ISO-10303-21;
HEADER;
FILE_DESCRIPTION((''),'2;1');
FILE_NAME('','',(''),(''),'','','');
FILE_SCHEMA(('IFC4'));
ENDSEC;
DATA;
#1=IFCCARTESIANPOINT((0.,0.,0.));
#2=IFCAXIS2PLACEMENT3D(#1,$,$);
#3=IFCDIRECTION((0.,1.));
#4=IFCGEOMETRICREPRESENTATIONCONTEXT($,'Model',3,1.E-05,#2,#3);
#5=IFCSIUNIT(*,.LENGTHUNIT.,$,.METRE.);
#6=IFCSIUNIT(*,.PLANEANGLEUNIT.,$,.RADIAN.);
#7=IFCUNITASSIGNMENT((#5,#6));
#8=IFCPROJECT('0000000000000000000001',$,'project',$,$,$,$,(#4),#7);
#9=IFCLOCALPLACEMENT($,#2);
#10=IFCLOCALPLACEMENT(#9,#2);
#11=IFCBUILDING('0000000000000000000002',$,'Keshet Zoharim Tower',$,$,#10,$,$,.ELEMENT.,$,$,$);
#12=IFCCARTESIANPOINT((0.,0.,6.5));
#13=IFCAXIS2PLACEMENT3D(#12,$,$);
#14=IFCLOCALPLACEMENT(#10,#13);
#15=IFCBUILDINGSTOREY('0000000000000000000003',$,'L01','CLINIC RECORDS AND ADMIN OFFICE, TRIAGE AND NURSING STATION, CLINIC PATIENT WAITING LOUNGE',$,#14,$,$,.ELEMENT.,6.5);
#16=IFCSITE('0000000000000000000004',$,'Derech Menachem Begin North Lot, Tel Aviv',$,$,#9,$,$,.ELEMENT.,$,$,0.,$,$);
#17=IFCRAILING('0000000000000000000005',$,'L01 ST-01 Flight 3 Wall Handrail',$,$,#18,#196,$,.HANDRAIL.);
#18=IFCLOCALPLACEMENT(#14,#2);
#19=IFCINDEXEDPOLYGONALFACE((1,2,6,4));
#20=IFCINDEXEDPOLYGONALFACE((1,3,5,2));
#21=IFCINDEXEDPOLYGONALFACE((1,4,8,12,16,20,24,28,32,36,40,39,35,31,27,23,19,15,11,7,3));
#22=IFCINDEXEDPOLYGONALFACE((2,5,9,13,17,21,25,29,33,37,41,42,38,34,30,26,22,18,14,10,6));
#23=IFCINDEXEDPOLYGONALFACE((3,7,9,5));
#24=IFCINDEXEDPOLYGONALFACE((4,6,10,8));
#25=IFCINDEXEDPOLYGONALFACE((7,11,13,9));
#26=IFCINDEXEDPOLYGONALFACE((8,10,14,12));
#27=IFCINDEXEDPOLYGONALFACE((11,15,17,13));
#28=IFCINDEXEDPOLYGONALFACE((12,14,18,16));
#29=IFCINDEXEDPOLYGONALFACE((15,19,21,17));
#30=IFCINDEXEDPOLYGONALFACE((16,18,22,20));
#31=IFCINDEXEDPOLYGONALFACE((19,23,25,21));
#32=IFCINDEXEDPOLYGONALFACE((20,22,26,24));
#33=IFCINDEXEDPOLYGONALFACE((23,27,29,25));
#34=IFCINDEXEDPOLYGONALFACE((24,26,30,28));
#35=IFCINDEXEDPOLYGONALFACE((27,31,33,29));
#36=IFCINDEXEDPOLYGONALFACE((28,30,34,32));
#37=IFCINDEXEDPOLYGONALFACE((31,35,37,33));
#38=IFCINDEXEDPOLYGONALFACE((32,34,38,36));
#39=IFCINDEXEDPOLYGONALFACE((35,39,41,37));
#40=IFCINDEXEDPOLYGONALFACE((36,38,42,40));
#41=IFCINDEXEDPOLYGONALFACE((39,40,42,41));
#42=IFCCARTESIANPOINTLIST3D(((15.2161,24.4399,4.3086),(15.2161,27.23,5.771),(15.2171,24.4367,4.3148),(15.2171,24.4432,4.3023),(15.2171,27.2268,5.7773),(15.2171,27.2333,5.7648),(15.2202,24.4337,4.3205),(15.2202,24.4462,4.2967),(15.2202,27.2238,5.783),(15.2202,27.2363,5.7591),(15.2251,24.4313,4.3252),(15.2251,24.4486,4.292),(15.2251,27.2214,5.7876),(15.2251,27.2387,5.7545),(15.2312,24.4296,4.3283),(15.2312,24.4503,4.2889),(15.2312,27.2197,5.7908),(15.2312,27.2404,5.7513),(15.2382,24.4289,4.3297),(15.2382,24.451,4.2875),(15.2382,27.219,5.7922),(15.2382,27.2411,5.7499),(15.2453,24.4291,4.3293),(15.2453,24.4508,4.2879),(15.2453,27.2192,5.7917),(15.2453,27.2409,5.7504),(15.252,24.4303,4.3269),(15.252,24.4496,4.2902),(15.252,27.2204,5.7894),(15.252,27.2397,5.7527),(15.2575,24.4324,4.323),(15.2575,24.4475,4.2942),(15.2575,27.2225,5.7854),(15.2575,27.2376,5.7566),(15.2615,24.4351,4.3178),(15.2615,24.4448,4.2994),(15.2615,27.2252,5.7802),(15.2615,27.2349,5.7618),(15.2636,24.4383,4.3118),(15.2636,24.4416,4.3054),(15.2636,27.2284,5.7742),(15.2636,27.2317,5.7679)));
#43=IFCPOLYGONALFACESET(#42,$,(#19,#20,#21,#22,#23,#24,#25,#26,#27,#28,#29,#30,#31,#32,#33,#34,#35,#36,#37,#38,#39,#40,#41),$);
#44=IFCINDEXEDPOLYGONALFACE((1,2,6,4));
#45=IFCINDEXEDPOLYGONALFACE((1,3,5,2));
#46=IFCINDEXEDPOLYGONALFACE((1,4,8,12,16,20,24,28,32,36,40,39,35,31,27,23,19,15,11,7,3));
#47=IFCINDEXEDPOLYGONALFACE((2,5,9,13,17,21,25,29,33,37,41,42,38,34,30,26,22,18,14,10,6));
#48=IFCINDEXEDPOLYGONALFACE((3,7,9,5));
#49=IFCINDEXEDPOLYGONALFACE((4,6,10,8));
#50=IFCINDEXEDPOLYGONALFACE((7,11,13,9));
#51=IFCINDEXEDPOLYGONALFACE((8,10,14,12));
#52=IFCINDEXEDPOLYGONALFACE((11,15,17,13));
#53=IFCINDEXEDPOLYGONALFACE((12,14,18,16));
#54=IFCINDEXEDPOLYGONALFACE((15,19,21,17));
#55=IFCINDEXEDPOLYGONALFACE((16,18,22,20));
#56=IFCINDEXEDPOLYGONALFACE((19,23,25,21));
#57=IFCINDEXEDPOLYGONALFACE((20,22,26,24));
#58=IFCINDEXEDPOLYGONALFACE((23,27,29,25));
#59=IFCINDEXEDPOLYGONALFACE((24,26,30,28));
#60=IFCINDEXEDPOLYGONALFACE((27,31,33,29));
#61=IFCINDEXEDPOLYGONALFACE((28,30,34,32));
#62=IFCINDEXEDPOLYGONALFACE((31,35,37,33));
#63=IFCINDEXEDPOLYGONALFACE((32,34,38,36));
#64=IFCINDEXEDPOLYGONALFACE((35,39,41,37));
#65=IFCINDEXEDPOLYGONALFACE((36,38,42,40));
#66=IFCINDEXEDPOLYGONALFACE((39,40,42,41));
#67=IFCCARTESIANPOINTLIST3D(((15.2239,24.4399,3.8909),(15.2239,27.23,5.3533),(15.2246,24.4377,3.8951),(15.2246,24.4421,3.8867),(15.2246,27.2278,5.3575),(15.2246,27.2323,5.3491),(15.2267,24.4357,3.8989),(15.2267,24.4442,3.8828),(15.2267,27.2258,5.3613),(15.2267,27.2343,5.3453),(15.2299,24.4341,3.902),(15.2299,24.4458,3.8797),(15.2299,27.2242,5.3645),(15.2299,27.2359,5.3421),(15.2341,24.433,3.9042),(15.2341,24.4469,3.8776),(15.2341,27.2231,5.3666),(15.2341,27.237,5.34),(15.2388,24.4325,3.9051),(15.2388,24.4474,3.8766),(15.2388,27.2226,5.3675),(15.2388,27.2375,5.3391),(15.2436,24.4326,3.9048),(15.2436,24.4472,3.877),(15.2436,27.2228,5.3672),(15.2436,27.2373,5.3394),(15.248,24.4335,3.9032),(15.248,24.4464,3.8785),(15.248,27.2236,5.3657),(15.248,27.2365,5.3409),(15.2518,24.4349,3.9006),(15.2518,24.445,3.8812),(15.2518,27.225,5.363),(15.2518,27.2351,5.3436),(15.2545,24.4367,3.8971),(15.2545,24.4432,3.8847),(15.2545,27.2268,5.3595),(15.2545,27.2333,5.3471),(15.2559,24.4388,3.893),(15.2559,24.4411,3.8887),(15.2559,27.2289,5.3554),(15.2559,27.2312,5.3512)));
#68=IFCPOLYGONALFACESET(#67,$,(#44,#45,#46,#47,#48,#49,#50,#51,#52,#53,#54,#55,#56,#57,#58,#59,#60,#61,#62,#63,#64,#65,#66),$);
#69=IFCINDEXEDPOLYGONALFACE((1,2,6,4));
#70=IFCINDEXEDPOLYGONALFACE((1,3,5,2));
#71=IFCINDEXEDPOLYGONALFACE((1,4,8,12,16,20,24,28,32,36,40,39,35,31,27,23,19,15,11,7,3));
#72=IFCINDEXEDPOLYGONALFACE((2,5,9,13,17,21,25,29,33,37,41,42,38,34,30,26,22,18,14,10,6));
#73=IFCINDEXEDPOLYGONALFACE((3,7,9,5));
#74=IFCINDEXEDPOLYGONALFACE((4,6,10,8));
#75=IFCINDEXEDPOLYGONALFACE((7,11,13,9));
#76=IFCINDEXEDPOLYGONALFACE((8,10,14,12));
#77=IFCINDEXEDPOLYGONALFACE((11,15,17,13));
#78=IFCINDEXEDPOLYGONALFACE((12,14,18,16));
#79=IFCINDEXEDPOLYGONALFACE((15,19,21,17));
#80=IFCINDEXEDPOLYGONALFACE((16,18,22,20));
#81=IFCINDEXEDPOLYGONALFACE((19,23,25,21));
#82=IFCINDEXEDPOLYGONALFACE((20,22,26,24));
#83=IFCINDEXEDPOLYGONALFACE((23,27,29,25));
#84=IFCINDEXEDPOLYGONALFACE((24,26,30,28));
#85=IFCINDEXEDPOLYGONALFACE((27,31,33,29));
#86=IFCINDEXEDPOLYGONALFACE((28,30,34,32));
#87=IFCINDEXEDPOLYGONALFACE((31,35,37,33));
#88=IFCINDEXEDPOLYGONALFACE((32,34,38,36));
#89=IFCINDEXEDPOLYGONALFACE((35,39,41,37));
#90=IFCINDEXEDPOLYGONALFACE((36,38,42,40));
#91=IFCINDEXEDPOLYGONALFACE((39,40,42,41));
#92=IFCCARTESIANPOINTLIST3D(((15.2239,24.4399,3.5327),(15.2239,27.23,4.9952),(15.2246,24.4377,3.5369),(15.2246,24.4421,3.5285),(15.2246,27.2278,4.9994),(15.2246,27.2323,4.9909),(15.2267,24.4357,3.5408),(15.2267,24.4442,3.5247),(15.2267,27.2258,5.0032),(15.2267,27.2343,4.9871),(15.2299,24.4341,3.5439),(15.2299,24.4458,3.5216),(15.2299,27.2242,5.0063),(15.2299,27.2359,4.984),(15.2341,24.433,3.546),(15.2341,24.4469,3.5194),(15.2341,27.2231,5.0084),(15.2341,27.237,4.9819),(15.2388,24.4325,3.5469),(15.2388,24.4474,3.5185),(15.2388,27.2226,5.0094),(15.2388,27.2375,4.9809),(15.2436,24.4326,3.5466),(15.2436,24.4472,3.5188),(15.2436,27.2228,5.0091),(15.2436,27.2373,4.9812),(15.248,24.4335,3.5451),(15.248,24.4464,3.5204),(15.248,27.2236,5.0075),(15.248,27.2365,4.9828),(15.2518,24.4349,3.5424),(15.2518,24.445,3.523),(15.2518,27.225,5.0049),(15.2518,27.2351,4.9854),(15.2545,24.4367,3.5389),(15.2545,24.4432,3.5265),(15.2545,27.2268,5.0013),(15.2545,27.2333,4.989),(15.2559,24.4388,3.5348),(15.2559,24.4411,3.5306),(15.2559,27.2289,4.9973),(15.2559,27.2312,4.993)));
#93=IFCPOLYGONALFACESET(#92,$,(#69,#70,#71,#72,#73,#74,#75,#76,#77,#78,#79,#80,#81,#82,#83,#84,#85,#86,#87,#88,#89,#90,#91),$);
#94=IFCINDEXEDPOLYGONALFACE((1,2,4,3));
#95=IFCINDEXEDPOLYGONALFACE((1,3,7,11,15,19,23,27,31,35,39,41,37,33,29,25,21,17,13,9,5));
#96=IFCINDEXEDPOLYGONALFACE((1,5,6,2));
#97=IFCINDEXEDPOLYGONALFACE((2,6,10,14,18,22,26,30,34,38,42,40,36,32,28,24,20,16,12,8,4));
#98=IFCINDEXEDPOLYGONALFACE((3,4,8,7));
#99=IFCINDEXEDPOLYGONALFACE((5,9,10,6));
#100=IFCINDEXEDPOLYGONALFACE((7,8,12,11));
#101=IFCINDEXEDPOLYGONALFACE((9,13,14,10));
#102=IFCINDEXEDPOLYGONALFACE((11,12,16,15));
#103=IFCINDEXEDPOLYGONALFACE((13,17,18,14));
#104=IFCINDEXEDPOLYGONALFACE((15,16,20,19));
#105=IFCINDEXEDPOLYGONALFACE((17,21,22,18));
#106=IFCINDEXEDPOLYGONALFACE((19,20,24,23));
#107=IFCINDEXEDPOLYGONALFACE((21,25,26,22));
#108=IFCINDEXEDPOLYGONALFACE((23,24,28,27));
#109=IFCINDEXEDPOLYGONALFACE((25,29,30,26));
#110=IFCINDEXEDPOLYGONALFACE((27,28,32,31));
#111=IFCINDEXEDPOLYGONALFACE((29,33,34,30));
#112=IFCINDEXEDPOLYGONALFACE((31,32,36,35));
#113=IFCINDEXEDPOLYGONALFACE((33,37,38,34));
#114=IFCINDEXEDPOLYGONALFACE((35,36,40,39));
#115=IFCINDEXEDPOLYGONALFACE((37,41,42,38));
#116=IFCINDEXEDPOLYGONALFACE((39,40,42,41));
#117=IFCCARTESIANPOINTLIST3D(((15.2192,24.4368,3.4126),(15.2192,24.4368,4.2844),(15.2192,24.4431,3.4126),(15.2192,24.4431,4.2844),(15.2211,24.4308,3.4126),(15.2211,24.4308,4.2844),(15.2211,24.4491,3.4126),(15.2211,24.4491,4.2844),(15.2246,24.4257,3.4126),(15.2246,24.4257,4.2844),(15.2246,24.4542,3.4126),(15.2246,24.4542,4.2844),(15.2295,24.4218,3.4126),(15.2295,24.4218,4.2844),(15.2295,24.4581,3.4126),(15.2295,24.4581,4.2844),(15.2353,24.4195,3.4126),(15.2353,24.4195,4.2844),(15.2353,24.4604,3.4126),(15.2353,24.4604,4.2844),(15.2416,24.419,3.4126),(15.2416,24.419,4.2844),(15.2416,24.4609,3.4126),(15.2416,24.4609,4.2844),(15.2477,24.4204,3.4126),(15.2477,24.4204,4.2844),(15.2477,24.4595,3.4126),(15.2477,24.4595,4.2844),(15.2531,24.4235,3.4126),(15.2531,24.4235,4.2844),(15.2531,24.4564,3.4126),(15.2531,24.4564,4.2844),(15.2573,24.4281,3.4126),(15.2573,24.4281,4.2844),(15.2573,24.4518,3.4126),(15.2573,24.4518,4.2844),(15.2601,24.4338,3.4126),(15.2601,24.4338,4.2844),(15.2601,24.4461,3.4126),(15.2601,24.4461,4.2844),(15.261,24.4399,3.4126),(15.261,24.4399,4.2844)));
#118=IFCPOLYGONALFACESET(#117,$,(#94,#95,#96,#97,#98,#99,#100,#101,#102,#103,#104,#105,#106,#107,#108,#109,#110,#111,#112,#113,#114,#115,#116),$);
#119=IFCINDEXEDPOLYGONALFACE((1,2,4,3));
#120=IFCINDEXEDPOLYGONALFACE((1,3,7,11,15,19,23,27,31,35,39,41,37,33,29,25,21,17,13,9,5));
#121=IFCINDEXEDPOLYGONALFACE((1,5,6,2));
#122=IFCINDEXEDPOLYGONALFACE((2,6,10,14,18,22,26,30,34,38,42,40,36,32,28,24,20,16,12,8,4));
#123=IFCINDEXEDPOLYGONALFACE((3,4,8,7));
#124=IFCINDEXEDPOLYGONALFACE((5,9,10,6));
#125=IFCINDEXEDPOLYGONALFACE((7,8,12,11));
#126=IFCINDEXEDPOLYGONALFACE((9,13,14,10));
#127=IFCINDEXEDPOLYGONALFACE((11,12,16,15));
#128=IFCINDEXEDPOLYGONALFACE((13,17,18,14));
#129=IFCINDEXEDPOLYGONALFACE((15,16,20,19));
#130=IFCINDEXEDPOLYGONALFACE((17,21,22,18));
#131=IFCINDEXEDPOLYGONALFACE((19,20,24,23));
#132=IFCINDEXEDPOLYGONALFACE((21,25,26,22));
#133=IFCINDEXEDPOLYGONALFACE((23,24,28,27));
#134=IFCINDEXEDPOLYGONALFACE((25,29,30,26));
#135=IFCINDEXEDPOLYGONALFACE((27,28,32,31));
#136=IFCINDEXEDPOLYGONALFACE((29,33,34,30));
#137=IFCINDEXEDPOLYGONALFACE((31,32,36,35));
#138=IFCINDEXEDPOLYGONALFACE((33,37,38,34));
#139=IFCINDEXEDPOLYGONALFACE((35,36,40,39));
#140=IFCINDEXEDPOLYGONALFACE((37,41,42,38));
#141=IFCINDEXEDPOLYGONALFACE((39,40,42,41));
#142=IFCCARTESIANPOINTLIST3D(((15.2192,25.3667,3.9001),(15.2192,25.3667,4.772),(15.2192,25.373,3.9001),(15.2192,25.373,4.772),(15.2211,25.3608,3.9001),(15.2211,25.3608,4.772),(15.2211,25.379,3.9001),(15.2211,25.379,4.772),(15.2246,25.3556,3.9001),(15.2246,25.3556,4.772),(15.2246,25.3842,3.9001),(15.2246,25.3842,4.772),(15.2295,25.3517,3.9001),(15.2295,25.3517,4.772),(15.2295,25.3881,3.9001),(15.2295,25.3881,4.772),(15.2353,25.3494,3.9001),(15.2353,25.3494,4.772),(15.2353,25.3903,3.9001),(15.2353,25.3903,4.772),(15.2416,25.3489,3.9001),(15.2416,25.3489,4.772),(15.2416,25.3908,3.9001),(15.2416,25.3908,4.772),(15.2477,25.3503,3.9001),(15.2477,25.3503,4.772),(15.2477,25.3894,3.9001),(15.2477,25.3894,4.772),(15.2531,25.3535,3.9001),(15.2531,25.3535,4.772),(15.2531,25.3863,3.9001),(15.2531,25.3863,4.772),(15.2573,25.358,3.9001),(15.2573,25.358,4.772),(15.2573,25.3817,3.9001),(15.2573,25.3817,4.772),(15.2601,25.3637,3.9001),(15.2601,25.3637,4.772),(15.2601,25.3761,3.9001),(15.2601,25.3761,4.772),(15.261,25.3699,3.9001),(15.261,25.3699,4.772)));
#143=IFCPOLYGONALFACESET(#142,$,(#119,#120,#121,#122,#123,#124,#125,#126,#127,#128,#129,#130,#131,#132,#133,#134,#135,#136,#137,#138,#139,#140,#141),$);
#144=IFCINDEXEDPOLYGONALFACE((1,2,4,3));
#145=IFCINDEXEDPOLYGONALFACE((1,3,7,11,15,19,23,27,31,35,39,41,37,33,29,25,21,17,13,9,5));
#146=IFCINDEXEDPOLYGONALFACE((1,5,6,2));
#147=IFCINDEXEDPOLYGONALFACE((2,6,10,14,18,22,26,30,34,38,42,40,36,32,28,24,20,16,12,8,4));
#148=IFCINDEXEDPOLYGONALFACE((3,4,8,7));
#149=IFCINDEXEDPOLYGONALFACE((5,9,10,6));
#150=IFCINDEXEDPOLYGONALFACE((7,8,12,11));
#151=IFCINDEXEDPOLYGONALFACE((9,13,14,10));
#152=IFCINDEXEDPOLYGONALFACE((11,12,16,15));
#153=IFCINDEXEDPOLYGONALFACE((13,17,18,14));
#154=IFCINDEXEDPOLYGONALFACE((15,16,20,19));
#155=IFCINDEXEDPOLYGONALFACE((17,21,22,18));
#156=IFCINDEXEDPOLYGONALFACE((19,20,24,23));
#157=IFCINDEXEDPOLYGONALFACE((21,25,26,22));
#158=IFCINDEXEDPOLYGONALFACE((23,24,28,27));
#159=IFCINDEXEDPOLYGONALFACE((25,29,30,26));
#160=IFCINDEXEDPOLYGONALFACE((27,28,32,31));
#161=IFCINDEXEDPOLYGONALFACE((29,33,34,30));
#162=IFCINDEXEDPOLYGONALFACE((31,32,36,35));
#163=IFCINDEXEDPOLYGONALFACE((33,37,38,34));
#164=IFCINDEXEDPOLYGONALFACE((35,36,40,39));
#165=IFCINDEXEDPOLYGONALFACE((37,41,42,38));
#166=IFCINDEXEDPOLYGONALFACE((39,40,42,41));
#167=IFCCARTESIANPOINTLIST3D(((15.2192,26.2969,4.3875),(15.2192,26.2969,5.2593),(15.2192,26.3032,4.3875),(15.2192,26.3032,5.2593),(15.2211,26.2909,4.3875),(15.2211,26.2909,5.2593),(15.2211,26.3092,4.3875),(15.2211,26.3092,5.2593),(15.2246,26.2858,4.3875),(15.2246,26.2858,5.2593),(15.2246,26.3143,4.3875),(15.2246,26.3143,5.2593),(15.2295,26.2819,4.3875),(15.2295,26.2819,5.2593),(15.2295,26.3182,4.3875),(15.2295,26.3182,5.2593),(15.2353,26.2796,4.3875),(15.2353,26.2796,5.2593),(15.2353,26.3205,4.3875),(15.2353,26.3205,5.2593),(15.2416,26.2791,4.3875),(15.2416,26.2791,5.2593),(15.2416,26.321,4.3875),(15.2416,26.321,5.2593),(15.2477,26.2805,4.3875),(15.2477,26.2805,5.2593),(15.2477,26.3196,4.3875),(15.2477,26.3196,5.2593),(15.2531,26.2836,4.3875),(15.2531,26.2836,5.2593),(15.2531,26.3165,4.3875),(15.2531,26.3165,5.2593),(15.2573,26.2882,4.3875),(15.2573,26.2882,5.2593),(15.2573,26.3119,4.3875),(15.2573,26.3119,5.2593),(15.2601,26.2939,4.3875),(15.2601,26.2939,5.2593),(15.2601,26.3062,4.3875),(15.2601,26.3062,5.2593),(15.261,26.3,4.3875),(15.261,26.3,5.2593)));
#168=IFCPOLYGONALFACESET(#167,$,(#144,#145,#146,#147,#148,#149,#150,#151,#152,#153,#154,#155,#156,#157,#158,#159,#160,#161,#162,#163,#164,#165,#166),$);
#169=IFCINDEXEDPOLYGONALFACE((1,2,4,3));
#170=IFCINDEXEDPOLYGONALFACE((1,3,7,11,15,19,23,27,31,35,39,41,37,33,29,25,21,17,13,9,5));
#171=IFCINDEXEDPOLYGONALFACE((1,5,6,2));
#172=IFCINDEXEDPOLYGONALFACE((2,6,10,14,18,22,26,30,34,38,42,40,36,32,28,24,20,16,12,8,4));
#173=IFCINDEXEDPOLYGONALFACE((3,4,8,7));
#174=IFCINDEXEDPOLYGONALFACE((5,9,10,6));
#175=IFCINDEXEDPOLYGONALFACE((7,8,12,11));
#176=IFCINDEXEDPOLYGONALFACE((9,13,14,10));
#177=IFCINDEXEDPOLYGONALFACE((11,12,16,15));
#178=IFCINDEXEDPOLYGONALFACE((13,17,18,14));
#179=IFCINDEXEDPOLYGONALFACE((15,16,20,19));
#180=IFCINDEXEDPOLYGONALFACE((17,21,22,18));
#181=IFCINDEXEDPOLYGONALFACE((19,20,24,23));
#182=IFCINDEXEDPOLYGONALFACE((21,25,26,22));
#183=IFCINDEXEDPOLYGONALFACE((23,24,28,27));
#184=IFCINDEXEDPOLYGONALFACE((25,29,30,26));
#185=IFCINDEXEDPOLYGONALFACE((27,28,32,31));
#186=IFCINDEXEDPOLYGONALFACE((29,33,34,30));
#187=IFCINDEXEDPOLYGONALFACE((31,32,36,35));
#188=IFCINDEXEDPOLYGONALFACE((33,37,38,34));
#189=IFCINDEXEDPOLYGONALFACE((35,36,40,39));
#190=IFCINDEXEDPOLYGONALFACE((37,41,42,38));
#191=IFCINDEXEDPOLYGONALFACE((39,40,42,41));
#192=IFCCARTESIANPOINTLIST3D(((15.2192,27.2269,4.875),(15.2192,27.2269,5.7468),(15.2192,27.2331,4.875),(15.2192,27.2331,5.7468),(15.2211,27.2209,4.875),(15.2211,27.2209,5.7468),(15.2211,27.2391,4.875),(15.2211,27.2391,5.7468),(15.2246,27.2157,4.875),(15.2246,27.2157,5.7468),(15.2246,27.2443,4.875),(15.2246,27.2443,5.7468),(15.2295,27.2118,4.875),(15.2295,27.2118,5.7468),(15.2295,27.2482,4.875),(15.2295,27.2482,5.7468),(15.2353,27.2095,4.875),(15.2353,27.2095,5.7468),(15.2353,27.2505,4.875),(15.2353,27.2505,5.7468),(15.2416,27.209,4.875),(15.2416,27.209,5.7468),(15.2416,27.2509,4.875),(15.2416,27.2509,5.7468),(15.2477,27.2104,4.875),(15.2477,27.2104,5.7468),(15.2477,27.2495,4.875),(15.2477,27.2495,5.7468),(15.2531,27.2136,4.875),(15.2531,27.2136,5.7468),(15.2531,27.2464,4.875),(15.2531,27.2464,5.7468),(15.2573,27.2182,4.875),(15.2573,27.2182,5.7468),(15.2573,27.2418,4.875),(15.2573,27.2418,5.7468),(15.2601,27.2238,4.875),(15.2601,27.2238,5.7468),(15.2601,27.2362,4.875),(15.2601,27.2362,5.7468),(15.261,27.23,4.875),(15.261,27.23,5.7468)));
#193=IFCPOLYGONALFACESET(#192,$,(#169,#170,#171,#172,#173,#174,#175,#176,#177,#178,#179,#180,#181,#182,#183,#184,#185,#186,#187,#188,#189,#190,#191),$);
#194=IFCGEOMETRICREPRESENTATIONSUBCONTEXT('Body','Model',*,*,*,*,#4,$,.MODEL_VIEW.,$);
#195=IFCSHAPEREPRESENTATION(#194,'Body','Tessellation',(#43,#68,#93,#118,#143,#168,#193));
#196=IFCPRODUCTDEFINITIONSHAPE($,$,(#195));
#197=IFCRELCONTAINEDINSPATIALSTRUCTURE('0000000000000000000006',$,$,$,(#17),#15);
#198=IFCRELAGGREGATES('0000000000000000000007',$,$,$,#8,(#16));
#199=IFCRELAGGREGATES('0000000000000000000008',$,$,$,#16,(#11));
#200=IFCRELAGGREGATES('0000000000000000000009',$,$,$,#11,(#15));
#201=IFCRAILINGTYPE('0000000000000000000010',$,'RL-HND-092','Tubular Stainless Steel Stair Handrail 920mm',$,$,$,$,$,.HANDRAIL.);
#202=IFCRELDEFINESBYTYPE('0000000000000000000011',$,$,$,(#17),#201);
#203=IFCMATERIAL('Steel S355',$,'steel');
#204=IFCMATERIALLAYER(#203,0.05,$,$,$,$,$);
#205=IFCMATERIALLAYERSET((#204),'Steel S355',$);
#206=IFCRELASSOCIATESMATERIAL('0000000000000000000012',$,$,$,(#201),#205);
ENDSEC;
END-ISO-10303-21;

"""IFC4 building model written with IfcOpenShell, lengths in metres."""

from ifc_helpers import new_model, si_unit, direction, frame, origin, origin_2d, place, context, subcontext, project, spatial, circle, extrude, material, layer, layer_set, type_object, element, save


model = new_model("IFC4")

# Units and contexts
model_context = context("Model", 3, precision=1e-05, world=origin(), true_north=direction((0.0, 1.0)))
body_context = subcontext(model_context, "Body", "Model", "MODEL_VIEW")
ifc_project = project(units=[si_unit("LENGTHUNIT", "METRE"), si_unit("PLANEANGLEUNIT", "RADIAN")], contexts=[model_context])

# Site, building, storey
site_placement = place(None, origin())
site = spatial("IfcSite", under=ifc_project, at=site_placement, Name="Derech Menachem Begin North Lot, Tel Aviv", CompositionType="ELEMENT", RefElevation=0.0)
building_placement = place(site_placement, origin())
building = spatial("IfcBuilding", under=site, at=building_placement, Name="Keshet Zoharim Tower", CompositionType="ELEMENT")
storey_placement = place(building_placement, frame((0.0, 0.0, 6.5)))
storey = spatial("IfcBuildingStorey", under=building, at=storey_placement, Name="L01", Description="CLINIC RECORDS AND ADMIN OFFICE, TRIAGE AND NURSING STATION, CLINIC PATIENT WAITING LOUNGE", CompositionType="ELEMENT", Elevation=6.5)

# Shared definitions
ifc_material_1 = material(Name="Steel S355", Category="steel")

# Railing
ifc_layer_1 = layer(ifc_material_1, 0.05)
ifc_layer_set_1 = layer_set([ifc_layer_1], Name="Steel S355")
railing_type_1 = type_object("IfcRailingType", Name="RL-HND-092", Description="Tubular Stainless Steel Stair Handrail 920mm", PredefinedType="HANDRAIL", material=ifc_layer_set_1)
for number, where, name in (
    (1, (15.24, 24.4399, 3.4126), "L01 ST-01 Flight 3 Wall Handrail"),
):
    element("IfcRailing", number, at=place(storey_placement, frame(where)), inside=storey, type_object=railing_type_1, Name=name, PredefinedType="HANDRAIL", context=body_context, shape_type="SweptSolid", body=[
        extrude(circle(Radius=0.0239, at=origin_2d()), frame((0.0, 0.0, 0.896), z_axis=(0.0, 0.885707, 0.464244), x_axis=(-1.0, 0.0, 0.0)), (0.0, 0.0, 1.0), 3.1501),
        extrude(circle(Radius=0.0161, at=origin_2d()), frame((0.0, 0.0, 0.4783), z_axis=(0.0, 0.885707, 0.464244), x_axis=(-1.0, 0.0, 0.0)), (0.0, 0.0, 1.0), 3.1501),
        extrude(circle(Radius=0.0161, at=origin_2d()), frame((0.0, 0.0, 0.1201), z_axis=(0.0, 0.885707, 0.464244), x_axis=(-1.0, 0.0, 0.0)), (0.0, 0.0, 1.0), 3.1501),
        extrude(circle(Radius=0.021, at=origin_2d()), origin(), (0.0, 0.0, 1.0), 0.8718),
        extrude(circle(Radius=0.021, at=origin_2d()), frame((0.0, 0.9299, 0.4875)), (0.0, 0.0, 1.0), 0.8718),
        extrude(circle(Radius=0.021, at=origin_2d()), frame((0.0, 1.8601, 0.9749)), (0.0, 0.0, 1.0), 0.8718),
        extrude(circle(Radius=0.021, at=origin_2d()), frame((0.0, 2.79, 1.4624)), (0.0, 0.0, 1.0), 0.8718),
    ])

save(model, "model.ifc")
